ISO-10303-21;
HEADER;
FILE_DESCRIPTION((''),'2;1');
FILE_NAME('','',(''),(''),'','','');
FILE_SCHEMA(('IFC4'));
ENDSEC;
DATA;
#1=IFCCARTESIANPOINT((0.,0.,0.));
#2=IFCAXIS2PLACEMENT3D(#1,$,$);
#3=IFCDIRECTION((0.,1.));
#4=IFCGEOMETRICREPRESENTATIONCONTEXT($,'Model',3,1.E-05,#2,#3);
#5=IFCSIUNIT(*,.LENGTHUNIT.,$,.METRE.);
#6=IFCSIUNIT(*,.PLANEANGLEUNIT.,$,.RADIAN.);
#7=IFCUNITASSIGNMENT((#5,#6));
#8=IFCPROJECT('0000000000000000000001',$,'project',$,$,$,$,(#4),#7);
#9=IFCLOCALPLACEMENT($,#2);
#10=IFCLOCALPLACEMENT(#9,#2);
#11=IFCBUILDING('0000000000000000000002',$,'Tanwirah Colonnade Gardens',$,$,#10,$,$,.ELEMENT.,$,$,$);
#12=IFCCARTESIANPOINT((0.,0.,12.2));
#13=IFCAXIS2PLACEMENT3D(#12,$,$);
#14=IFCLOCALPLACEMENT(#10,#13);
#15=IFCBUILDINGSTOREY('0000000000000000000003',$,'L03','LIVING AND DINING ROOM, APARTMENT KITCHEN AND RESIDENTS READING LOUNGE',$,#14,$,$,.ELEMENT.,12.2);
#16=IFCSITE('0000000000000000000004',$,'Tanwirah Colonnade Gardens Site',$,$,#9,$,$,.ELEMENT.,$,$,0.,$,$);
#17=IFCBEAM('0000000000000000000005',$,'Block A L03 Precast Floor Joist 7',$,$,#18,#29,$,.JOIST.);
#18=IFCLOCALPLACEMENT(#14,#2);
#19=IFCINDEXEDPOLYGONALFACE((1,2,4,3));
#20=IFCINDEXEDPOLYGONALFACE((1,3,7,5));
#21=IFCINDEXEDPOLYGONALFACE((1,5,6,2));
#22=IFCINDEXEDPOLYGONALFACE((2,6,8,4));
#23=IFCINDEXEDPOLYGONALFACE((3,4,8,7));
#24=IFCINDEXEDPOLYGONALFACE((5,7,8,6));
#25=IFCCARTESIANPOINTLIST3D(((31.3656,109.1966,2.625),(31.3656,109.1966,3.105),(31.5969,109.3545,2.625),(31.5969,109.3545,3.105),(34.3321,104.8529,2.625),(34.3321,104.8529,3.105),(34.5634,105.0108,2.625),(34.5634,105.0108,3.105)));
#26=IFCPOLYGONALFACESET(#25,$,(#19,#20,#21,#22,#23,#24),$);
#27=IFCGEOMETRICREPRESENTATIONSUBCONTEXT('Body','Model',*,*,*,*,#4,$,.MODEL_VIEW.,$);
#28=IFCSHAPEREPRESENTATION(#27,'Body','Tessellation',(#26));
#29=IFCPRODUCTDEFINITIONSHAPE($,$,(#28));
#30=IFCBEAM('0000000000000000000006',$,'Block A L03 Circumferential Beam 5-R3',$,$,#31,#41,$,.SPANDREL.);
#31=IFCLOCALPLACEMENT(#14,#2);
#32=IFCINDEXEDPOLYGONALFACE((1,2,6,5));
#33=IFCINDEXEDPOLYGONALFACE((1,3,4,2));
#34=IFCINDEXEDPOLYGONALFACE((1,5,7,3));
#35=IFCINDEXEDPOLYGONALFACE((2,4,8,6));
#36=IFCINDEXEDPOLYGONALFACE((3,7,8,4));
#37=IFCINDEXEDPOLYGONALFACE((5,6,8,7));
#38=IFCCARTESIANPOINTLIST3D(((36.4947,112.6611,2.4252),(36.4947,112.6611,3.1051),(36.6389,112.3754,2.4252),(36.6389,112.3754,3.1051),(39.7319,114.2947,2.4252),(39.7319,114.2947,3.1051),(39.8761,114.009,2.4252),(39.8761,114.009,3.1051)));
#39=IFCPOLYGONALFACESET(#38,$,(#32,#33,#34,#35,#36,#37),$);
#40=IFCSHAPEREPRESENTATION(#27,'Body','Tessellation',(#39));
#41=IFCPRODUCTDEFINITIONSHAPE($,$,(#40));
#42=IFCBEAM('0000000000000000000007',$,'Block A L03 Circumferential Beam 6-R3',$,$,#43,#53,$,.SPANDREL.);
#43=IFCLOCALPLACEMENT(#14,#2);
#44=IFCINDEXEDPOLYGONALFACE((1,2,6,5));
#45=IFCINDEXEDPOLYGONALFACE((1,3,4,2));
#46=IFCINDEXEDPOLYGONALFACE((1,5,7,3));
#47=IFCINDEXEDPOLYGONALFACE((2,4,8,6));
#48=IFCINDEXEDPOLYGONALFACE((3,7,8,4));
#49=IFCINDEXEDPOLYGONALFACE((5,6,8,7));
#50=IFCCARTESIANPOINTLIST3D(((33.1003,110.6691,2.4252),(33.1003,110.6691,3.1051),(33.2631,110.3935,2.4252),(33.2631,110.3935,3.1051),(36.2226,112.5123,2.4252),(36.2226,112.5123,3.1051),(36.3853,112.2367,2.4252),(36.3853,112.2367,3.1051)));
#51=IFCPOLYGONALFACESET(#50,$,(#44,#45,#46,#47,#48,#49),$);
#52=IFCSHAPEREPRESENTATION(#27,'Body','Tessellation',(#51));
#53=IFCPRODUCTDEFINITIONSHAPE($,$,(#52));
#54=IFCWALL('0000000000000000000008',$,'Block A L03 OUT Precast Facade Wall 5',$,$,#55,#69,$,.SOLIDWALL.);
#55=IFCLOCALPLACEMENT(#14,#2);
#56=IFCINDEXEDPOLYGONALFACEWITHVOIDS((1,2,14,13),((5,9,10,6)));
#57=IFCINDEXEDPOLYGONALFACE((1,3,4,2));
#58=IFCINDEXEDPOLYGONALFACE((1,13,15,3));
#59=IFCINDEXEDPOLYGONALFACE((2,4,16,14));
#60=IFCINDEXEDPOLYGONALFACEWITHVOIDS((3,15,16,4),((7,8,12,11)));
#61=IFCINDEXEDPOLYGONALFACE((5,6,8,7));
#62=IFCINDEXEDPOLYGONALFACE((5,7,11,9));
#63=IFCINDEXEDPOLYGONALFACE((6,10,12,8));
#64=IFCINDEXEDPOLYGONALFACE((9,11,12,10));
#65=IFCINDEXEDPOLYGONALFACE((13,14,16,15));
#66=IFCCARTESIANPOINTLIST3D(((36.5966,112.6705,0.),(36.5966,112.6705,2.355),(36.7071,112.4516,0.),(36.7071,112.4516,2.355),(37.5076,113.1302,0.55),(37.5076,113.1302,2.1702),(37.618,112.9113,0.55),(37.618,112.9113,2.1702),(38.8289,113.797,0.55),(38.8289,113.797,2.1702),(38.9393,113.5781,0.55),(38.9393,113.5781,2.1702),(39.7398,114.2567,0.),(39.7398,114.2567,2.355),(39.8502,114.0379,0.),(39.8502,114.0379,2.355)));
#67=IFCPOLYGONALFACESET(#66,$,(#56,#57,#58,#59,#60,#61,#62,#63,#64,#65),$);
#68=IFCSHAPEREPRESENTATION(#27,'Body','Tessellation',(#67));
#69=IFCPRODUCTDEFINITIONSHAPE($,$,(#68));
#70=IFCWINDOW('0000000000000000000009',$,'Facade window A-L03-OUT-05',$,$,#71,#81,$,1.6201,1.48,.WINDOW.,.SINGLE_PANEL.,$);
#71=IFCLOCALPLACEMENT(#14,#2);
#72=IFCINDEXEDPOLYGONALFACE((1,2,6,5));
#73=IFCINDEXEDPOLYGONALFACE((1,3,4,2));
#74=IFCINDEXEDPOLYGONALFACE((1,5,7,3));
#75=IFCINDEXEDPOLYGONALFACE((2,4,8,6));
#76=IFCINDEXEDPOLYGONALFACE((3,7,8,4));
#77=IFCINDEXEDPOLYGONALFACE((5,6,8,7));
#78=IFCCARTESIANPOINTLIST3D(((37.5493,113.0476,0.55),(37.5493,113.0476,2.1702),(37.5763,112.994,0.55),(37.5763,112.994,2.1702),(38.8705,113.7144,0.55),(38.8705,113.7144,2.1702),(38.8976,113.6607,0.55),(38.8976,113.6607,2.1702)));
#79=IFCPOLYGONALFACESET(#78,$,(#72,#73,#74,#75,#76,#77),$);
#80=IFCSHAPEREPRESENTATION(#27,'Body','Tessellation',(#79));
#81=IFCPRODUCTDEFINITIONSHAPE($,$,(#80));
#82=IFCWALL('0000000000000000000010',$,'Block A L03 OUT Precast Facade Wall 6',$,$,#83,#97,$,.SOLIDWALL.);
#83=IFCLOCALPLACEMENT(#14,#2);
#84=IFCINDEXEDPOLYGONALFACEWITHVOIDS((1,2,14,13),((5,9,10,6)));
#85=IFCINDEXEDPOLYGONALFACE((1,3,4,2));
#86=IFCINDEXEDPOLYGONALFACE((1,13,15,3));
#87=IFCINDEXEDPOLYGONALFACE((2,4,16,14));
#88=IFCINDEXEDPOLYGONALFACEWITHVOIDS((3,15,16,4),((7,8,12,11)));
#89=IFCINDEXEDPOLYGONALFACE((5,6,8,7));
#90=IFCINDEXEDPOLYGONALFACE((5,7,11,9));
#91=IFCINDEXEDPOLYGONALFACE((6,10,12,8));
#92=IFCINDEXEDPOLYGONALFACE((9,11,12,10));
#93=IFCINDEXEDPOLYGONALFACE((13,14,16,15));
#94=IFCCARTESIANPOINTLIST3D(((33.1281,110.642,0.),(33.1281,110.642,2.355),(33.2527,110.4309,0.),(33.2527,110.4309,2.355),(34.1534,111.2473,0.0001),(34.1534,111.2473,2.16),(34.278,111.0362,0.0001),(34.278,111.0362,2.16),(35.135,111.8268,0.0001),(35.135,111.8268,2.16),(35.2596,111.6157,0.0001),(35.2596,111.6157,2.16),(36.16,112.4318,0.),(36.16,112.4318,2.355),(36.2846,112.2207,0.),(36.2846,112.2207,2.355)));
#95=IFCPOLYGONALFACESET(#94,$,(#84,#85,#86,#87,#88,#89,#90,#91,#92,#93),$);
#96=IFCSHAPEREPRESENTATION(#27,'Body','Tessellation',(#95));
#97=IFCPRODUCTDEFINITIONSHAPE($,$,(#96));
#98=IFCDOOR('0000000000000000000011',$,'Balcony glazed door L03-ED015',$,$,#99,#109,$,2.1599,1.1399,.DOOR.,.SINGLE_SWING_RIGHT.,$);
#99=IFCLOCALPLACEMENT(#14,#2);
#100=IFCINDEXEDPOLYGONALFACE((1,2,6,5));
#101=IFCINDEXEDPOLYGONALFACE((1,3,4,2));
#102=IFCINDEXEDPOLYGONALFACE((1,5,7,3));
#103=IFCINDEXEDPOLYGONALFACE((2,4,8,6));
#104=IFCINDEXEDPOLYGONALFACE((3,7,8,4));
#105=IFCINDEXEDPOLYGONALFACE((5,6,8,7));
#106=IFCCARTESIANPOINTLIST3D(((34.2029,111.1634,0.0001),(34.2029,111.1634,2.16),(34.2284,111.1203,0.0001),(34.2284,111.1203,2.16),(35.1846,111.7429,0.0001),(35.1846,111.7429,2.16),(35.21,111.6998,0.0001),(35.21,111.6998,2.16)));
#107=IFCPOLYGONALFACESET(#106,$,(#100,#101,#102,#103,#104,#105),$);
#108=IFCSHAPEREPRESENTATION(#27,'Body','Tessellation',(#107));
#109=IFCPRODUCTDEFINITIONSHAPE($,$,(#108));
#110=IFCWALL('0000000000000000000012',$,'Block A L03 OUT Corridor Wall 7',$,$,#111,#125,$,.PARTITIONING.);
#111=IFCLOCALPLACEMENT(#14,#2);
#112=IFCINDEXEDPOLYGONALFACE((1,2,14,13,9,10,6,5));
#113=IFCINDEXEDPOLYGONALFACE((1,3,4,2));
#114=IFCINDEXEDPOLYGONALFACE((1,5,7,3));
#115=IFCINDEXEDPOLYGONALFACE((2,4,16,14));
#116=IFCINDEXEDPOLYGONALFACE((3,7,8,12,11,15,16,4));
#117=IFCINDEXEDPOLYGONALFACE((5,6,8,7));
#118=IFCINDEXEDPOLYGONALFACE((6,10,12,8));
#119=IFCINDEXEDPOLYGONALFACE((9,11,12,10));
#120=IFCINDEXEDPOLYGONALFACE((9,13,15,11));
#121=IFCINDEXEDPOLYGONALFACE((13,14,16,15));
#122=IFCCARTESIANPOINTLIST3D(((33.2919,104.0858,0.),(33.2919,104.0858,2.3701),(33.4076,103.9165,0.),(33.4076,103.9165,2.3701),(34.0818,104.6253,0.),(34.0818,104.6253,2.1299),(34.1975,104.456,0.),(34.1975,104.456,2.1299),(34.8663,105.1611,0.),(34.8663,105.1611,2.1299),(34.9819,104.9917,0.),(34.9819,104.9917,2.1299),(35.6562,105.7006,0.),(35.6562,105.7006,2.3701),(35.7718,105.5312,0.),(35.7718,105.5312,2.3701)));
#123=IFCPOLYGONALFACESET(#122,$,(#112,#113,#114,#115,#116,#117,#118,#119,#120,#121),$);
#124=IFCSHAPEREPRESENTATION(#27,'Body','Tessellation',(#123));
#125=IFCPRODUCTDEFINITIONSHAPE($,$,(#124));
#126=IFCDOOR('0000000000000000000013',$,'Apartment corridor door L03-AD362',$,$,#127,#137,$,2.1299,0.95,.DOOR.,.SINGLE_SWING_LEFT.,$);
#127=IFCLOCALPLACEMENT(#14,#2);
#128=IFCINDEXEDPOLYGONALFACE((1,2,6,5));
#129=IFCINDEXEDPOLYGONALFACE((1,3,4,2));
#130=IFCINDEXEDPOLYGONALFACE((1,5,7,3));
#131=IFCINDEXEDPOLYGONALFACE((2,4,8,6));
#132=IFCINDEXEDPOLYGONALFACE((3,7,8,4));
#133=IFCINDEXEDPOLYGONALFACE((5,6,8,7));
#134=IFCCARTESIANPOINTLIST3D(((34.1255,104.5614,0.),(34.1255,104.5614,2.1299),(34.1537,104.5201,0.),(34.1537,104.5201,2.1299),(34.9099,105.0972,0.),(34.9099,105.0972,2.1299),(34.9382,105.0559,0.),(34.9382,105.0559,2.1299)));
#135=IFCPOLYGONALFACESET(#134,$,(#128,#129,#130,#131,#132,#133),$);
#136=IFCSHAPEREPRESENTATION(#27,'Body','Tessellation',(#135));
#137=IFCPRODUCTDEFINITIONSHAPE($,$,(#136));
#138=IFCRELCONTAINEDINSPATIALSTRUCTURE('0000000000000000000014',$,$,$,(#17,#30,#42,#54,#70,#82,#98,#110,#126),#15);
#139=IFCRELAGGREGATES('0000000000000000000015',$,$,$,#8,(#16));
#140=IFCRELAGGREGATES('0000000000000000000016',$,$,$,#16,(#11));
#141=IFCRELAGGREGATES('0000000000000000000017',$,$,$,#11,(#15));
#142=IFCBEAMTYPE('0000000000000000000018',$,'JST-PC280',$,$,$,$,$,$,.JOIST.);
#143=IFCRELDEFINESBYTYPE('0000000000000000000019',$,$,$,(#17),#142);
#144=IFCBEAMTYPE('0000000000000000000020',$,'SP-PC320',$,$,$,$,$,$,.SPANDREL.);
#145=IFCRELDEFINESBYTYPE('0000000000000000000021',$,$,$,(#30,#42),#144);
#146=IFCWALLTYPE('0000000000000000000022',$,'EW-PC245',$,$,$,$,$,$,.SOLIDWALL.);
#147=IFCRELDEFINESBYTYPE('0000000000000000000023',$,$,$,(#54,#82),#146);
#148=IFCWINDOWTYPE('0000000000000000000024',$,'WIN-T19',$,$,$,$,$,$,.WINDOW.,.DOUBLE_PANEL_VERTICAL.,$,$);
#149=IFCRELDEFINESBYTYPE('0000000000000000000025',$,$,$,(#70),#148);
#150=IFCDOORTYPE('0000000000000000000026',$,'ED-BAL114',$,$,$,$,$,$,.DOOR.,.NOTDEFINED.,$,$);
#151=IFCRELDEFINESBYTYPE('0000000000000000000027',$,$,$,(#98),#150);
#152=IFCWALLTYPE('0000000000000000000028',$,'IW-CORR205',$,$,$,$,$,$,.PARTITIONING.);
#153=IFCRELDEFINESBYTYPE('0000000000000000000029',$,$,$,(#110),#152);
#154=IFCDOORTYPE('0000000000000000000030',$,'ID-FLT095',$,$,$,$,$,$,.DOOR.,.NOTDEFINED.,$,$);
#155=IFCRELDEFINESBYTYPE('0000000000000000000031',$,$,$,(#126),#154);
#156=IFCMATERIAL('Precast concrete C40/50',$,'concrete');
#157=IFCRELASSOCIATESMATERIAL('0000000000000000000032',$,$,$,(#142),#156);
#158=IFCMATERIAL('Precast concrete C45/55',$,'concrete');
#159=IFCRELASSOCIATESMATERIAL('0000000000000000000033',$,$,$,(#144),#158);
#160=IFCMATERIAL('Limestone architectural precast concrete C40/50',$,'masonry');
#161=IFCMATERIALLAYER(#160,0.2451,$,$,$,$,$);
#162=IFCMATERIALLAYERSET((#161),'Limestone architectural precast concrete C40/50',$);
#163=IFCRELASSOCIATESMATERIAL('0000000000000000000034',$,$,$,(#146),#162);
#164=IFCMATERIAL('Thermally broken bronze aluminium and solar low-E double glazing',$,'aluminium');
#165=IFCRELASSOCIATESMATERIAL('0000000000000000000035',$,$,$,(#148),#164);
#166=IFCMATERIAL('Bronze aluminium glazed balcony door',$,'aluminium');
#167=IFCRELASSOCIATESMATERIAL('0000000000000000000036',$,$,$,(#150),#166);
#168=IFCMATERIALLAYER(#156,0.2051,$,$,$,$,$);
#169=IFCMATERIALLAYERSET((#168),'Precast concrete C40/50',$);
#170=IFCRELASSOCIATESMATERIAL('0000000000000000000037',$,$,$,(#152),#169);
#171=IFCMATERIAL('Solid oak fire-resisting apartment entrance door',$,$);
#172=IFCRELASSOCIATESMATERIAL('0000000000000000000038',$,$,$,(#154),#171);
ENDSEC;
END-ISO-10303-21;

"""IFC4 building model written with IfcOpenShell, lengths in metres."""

from ifc_helpers import new_model, si_unit, direction, frame, frame_2d, origin, origin_2d, place, context, subcontext, project, spatial, rectangle, extrude, material, layer, layer_set, material_profile, profile_set, type_object, element, fill, save


model = new_model("IFC4")

# Units and contexts
model_context = context("Model", 3, precision=1e-05, world=origin(), true_north=direction((0.0, 1.0)))
body_context = subcontext(model_context, "Body", "Model", "MODEL_VIEW")
ifc_project = project(units=[si_unit("LENGTHUNIT", "METRE"), si_unit("PLANEANGLEUNIT", "RADIAN")], contexts=[model_context])

# Site, building, storey
site_placement = place(None, origin())
site = spatial("IfcSite", under=ifc_project, at=site_placement, Name="Tanwirah Colonnade Gardens Site", CompositionType="ELEMENT", RefElevation=0.0)
building_placement = place(site_placement, origin())
building = spatial("IfcBuilding", under=site, at=building_placement, Name="Tanwirah Colonnade Gardens", CompositionType="ELEMENT")
storey_placement = place(building_placement, frame((0.0, 0.0, 12.2)))
storey = spatial("IfcBuildingStorey", under=building, at=storey_placement, Name="L03", Description="LIVING AND DINING ROOM, APARTMENT KITCHEN AND RESIDENTS READING LOUNGE", CompositionType="ELEMENT", Elevation=12.2)

# Shared definitions
ifc_material_1 = material(Name="Precast concrete C45/55", Category="concrete")
ifc_material_2 = material(Name="Precast concrete C40/50", Category="concrete")

# Beams
ifc_material_profile_1 = material_profile(ifc_material_2, rectangle(XDim=0.28, YDim=0.48, at=origin_2d()), Name="PC-JST 280x480")
ifc_profile_set_1 = profile_set([ifc_material_profile_1], Name="Precast concrete C40/50")
beam_type_1 = type_object("IfcBeamType", Name="JST-PC280", PredefinedType="JOIST", material=ifc_profile_set_1)
beam_1_placement = place(storey_placement, frame((34.4478, 104.9319, 2.865), z_axis=(-0.563973, 0.825793, 0.0), x_axis=(-0.825793, -0.563973, 0.0)))
element("IfcBeam", 1, at=beam_1_placement, inside=storey, type_object=beam_type_1, Name="Block A L03 Precast Floor Joist 7", PredefinedType="JOIST", context=body_context, shape_type="SweptSolid", body=[
    extrude(rectangle(XDim=0.28, YDim=0.48, at=origin_2d()), origin(), (0.0, 0.0, 1.0), 5.26),
])
ifc_material_profile_2 = material_profile(ifc_material_1, rectangle(XDim=0.3201, YDim=0.6799, at=origin_2d()), Name="PC-SP 320x680")
ifc_profile_set_2 = profile_set([ifc_material_profile_2], Name="Precast concrete C45/55")
beam_type_2 = type_object("IfcBeamType", Name="SP-PC320", PredefinedType="SPANDREL", material=ifc_profile_set_2)
beam_2_placement = place(storey_placement, frame((39.804, 114.1519, 2.7651), z_axis=(-0.892765, -0.450523, 0.0), x_axis=(0.450523, -0.892765, 0.0)))
element("IfcBeam", 2, at=beam_2_placement, inside=storey, type_object=beam_type_2, Name="Block A L03 Circumferential Beam 5-R3", PredefinedType="SPANDREL", context=body_context, shape_type="SweptSolid", body=[
    extrude(rectangle(XDim=0.3201, YDim=0.6799, at=origin_2d()), origin(), (0.0, 0.0, 1.0), 3.626),
])
beam_3_placement = place(storey_placement, frame((36.304, 112.3745, 2.7651), z_axis=(-0.861137, -0.508373, 0.0), x_axis=(0.508373, -0.861137, 0.0)))
element("IfcBeam", 3, at=beam_3_placement, inside=storey, type_object=beam_type_2, Name="Block A L03 Circumferential Beam 6-R3", PredefinedType="SPANDREL", context=body_context, shape_type="SweptSolid", body=[
    extrude(rectangle(XDim=0.3201, YDim=0.6799, at=origin_2d()), origin(), (0.0, 0.0, 1.0), 3.6257),
])

# Wall, opening, window
ifc_material_3 = material(Name="Limestone architectural precast concrete C40/50", Category="masonry")
ifc_layer_1 = layer(ifc_material_3, 0.2451)
ifc_layer_set_1 = layer_set([ifc_layer_1], Name="Limestone architectural precast concrete C40/50")
wall_type_1 = type_object("IfcWallType", Name="EW-PC245", PredefinedType="SOLIDWALL", material=ifc_layer_set_1)
wall_1_placement = place(storey_placement, frame((39.7949, 114.1472, 0.0), z_axis=(0.0, 0.0, 1.0), x_axis=(-0.892757, -0.450539, 0.0)))
wall_1 = element("IfcWall", 4, at=wall_1_placement, inside=storey, type_object=wall_type_1, Name="Block A L03 OUT Precast Facade Wall 5", PredefinedType="SOLIDWALL", context=body_context, shape_type="SweptSolid", body=[
    extrude(rectangle(XDim=3.5208, YDim=0.2451, at=frame_2d((1.7603, 0.0))), origin(), (0.0, 0.0, 1.0), 2.355),
])
opening_1_placement = place(wall_1_placement, frame((1.0203, 0.0, 0.55)))
opening_1 = element("IfcOpeningElement", 5, at=opening_1_placement, cuts=wall_1, PredefinedType="OPENING", context=body_context, shape_type="SweptSolid", body=[
    extrude(rectangle(XDim=1.48, YDim=1.6201, at=frame_2d((0.74, 0.8101))), frame((0.0, 0.1326, 0.0), z_axis=(0.0, -1.0, 0.0), x_axis=(1.0, 0.0, 0.0)), (0.0, 0.0, 1.0), 0.2651),
])
ifc_material_4 = material(Name="Thermally broken bronze aluminium and solar low-E double glazing", Category="aluminium")
window_type = type_object("IfcWindowType", Name="WIN-T19", PartitioningType="DOUBLE_PANEL_VERTICAL", PredefinedType="WINDOW", material=ifc_material_4)
window_placement = place(opening_1_placement, origin())
window = element("IfcWindow", 6, at=window_placement, inside=storey, type_object=window_type, Name="Facade window A-L03-OUT-05", OverallHeight=1.6201, OverallWidth=1.48, PartitioningType="SINGLE_PANEL", PredefinedType="WINDOW", context=body_context, shape_type="SweptSolid", body=[
    extrude(rectangle(XDim=1.48, YDim=1.6201, at=frame_2d((0.74, 0.8101))), frame((0.0, 0.03, 0.0), z_axis=(0.0, -1.0, 0.0), x_axis=(1.0, 0.0, 0.0)), (0.0, 0.0, 1.0), 0.0601),
])
fill(opening_1, window)

# Walls, openings, doors
wall_2_placement = place(storey_placement, frame((36.2222, 112.3262, 0.0), z_axis=(0.0, 0.0, 1.0), x_axis=(-0.861154, -0.508344, 0.0)))
wall_2 = element("IfcWall", 7, at=wall_2_placement, inside=storey, type_object=wall_type_1, Name="Block A L03 OUT Precast Facade Wall 6", PredefinedType="SOLIDWALL", context=body_context, shape_type="SweptSolid", body=[
    extrude(rectangle(XDim=3.5208, YDim=0.2451, at=frame_2d((1.7603, 0.0))), origin(), (0.0, 0.0, 1.0), 2.355),
])
opening_2_placement = place(wall_2_placement, frame((1.1902, 0.0, 0.0)))
opening_2 = element("IfcOpeningElement", 8, at=opening_2_placement, cuts=wall_2, PredefinedType="OPENING", context=body_context, shape_type="SweptSolid", body=[
    extrude(rectangle(XDim=1.1399, YDim=2.1599, at=frame_2d((0.5698, 1.0801))), frame((0.0, 0.1326, 0.0), z_axis=(0.0, -1.0, 0.0), x_axis=(1.0, 0.0, 0.0)), (0.0, 0.0, 1.0), 0.2651),
])
ifc_material_5 = material(Name="Bronze aluminium glazed balcony door", Category="aluminium")
door_type_1 = type_object("IfcDoorType", Name="ED-BAL114", OperationType="NOTDEFINED", PredefinedType="DOOR", material=ifc_material_5)
door_1_placement = place(opening_2_placement, origin())
door_1 = element("IfcDoor", 9, at=door_1_placement, inside=storey, type_object=door_type_1, Name="Balcony glazed door L03-ED015", OperationType="SINGLE_SWING_RIGHT", OverallHeight=2.1599, OverallWidth=1.1399, PredefinedType="DOOR", context=body_context, shape_type="SweptSolid", body=[
    extrude(rectangle(XDim=1.1399, YDim=2.1599, at=frame_2d((0.5698, 1.0801))), frame((0.0, 0.0249, 0.0), z_axis=(0.0, -1.0, 0.0), x_axis=(1.0, 0.0, 0.0)), (0.0, 0.0, 1.0), 0.05),
])
fill(opening_2, door_1)
ifc_layer_2 = layer(ifc_material_2, 0.2051)
ifc_layer_set_2 = layer_set([ifc_layer_2], Name="Precast concrete C40/50")
wall_type_2 = type_object("IfcWallType", Name="IW-CORR205", PredefinedType="PARTITIONING", material=ifc_layer_set_2)
ifc_material_6 = material(Name="Solid oak fire-resisting apartment entrance door")
wall_3_placement = place(storey_placement, frame((35.7141, 105.616, 0.0), z_axis=(0.0, 0.0, 1.0), x_axis=(-0.82578, -0.563993, 0.0)))
wall_3 = element("IfcWall", 10, at=wall_3_placement, inside=storey, type_object=wall_type_2, Name="Block A L03 OUT Corridor Wall 7", PredefinedType="PARTITIONING", context=body_context, shape_type="SweptSolid", body=[
    extrude(rectangle(XDim=2.863, YDim=0.2051, at=frame_2d((1.4316, 0.0))), origin(), (0.0, 0.0, 1.0), 2.3701),
])
opening_3_placement = place(wall_3_placement, frame((0.9565, 0.0, 0.0)))
opening_3 = element("IfcOpeningElement", 11, at=opening_3_placement, cuts=wall_3, PredefinedType="OPENING", context=body_context, shape_type="SweptSolid", body=[
    extrude(rectangle(XDim=0.95, YDim=2.1299, at=frame_2d((0.4751, 1.0649))), frame((0.0, 0.1125, 0.0), z_axis=(0.0, -1.0, 0.0), x_axis=(1.0, 0.0, 0.0)), (0.0, 0.0, 1.0), 0.2251),
])
door_type_2 = type_object("IfcDoorType", Name="ID-FLT095", OperationType="NOTDEFINED", PredefinedType="DOOR", material=ifc_material_6)
door_2_placement = place(opening_3_placement, origin())
door_2 = element("IfcDoor", 12, at=door_2_placement, inside=storey, type_object=door_type_2, Name="Apartment corridor door L03-AD362", OperationType="SINGLE_SWING_LEFT", OverallHeight=2.1299, OverallWidth=0.95, PredefinedType="DOOR", context=body_context, shape_type="SweptSolid", body=[
    extrude(rectangle(XDim=0.95, YDim=2.1299, at=frame_2d((0.4751, 1.0649))), frame((0.0, 0.0249, 0.0), z_axis=(0.0, -1.0, 0.0), x_axis=(1.0, 0.0, 0.0)), (0.0, 0.0, 1.0), 0.05),
])
fill(opening_3, door_2)

save(model, "model.ifc")
